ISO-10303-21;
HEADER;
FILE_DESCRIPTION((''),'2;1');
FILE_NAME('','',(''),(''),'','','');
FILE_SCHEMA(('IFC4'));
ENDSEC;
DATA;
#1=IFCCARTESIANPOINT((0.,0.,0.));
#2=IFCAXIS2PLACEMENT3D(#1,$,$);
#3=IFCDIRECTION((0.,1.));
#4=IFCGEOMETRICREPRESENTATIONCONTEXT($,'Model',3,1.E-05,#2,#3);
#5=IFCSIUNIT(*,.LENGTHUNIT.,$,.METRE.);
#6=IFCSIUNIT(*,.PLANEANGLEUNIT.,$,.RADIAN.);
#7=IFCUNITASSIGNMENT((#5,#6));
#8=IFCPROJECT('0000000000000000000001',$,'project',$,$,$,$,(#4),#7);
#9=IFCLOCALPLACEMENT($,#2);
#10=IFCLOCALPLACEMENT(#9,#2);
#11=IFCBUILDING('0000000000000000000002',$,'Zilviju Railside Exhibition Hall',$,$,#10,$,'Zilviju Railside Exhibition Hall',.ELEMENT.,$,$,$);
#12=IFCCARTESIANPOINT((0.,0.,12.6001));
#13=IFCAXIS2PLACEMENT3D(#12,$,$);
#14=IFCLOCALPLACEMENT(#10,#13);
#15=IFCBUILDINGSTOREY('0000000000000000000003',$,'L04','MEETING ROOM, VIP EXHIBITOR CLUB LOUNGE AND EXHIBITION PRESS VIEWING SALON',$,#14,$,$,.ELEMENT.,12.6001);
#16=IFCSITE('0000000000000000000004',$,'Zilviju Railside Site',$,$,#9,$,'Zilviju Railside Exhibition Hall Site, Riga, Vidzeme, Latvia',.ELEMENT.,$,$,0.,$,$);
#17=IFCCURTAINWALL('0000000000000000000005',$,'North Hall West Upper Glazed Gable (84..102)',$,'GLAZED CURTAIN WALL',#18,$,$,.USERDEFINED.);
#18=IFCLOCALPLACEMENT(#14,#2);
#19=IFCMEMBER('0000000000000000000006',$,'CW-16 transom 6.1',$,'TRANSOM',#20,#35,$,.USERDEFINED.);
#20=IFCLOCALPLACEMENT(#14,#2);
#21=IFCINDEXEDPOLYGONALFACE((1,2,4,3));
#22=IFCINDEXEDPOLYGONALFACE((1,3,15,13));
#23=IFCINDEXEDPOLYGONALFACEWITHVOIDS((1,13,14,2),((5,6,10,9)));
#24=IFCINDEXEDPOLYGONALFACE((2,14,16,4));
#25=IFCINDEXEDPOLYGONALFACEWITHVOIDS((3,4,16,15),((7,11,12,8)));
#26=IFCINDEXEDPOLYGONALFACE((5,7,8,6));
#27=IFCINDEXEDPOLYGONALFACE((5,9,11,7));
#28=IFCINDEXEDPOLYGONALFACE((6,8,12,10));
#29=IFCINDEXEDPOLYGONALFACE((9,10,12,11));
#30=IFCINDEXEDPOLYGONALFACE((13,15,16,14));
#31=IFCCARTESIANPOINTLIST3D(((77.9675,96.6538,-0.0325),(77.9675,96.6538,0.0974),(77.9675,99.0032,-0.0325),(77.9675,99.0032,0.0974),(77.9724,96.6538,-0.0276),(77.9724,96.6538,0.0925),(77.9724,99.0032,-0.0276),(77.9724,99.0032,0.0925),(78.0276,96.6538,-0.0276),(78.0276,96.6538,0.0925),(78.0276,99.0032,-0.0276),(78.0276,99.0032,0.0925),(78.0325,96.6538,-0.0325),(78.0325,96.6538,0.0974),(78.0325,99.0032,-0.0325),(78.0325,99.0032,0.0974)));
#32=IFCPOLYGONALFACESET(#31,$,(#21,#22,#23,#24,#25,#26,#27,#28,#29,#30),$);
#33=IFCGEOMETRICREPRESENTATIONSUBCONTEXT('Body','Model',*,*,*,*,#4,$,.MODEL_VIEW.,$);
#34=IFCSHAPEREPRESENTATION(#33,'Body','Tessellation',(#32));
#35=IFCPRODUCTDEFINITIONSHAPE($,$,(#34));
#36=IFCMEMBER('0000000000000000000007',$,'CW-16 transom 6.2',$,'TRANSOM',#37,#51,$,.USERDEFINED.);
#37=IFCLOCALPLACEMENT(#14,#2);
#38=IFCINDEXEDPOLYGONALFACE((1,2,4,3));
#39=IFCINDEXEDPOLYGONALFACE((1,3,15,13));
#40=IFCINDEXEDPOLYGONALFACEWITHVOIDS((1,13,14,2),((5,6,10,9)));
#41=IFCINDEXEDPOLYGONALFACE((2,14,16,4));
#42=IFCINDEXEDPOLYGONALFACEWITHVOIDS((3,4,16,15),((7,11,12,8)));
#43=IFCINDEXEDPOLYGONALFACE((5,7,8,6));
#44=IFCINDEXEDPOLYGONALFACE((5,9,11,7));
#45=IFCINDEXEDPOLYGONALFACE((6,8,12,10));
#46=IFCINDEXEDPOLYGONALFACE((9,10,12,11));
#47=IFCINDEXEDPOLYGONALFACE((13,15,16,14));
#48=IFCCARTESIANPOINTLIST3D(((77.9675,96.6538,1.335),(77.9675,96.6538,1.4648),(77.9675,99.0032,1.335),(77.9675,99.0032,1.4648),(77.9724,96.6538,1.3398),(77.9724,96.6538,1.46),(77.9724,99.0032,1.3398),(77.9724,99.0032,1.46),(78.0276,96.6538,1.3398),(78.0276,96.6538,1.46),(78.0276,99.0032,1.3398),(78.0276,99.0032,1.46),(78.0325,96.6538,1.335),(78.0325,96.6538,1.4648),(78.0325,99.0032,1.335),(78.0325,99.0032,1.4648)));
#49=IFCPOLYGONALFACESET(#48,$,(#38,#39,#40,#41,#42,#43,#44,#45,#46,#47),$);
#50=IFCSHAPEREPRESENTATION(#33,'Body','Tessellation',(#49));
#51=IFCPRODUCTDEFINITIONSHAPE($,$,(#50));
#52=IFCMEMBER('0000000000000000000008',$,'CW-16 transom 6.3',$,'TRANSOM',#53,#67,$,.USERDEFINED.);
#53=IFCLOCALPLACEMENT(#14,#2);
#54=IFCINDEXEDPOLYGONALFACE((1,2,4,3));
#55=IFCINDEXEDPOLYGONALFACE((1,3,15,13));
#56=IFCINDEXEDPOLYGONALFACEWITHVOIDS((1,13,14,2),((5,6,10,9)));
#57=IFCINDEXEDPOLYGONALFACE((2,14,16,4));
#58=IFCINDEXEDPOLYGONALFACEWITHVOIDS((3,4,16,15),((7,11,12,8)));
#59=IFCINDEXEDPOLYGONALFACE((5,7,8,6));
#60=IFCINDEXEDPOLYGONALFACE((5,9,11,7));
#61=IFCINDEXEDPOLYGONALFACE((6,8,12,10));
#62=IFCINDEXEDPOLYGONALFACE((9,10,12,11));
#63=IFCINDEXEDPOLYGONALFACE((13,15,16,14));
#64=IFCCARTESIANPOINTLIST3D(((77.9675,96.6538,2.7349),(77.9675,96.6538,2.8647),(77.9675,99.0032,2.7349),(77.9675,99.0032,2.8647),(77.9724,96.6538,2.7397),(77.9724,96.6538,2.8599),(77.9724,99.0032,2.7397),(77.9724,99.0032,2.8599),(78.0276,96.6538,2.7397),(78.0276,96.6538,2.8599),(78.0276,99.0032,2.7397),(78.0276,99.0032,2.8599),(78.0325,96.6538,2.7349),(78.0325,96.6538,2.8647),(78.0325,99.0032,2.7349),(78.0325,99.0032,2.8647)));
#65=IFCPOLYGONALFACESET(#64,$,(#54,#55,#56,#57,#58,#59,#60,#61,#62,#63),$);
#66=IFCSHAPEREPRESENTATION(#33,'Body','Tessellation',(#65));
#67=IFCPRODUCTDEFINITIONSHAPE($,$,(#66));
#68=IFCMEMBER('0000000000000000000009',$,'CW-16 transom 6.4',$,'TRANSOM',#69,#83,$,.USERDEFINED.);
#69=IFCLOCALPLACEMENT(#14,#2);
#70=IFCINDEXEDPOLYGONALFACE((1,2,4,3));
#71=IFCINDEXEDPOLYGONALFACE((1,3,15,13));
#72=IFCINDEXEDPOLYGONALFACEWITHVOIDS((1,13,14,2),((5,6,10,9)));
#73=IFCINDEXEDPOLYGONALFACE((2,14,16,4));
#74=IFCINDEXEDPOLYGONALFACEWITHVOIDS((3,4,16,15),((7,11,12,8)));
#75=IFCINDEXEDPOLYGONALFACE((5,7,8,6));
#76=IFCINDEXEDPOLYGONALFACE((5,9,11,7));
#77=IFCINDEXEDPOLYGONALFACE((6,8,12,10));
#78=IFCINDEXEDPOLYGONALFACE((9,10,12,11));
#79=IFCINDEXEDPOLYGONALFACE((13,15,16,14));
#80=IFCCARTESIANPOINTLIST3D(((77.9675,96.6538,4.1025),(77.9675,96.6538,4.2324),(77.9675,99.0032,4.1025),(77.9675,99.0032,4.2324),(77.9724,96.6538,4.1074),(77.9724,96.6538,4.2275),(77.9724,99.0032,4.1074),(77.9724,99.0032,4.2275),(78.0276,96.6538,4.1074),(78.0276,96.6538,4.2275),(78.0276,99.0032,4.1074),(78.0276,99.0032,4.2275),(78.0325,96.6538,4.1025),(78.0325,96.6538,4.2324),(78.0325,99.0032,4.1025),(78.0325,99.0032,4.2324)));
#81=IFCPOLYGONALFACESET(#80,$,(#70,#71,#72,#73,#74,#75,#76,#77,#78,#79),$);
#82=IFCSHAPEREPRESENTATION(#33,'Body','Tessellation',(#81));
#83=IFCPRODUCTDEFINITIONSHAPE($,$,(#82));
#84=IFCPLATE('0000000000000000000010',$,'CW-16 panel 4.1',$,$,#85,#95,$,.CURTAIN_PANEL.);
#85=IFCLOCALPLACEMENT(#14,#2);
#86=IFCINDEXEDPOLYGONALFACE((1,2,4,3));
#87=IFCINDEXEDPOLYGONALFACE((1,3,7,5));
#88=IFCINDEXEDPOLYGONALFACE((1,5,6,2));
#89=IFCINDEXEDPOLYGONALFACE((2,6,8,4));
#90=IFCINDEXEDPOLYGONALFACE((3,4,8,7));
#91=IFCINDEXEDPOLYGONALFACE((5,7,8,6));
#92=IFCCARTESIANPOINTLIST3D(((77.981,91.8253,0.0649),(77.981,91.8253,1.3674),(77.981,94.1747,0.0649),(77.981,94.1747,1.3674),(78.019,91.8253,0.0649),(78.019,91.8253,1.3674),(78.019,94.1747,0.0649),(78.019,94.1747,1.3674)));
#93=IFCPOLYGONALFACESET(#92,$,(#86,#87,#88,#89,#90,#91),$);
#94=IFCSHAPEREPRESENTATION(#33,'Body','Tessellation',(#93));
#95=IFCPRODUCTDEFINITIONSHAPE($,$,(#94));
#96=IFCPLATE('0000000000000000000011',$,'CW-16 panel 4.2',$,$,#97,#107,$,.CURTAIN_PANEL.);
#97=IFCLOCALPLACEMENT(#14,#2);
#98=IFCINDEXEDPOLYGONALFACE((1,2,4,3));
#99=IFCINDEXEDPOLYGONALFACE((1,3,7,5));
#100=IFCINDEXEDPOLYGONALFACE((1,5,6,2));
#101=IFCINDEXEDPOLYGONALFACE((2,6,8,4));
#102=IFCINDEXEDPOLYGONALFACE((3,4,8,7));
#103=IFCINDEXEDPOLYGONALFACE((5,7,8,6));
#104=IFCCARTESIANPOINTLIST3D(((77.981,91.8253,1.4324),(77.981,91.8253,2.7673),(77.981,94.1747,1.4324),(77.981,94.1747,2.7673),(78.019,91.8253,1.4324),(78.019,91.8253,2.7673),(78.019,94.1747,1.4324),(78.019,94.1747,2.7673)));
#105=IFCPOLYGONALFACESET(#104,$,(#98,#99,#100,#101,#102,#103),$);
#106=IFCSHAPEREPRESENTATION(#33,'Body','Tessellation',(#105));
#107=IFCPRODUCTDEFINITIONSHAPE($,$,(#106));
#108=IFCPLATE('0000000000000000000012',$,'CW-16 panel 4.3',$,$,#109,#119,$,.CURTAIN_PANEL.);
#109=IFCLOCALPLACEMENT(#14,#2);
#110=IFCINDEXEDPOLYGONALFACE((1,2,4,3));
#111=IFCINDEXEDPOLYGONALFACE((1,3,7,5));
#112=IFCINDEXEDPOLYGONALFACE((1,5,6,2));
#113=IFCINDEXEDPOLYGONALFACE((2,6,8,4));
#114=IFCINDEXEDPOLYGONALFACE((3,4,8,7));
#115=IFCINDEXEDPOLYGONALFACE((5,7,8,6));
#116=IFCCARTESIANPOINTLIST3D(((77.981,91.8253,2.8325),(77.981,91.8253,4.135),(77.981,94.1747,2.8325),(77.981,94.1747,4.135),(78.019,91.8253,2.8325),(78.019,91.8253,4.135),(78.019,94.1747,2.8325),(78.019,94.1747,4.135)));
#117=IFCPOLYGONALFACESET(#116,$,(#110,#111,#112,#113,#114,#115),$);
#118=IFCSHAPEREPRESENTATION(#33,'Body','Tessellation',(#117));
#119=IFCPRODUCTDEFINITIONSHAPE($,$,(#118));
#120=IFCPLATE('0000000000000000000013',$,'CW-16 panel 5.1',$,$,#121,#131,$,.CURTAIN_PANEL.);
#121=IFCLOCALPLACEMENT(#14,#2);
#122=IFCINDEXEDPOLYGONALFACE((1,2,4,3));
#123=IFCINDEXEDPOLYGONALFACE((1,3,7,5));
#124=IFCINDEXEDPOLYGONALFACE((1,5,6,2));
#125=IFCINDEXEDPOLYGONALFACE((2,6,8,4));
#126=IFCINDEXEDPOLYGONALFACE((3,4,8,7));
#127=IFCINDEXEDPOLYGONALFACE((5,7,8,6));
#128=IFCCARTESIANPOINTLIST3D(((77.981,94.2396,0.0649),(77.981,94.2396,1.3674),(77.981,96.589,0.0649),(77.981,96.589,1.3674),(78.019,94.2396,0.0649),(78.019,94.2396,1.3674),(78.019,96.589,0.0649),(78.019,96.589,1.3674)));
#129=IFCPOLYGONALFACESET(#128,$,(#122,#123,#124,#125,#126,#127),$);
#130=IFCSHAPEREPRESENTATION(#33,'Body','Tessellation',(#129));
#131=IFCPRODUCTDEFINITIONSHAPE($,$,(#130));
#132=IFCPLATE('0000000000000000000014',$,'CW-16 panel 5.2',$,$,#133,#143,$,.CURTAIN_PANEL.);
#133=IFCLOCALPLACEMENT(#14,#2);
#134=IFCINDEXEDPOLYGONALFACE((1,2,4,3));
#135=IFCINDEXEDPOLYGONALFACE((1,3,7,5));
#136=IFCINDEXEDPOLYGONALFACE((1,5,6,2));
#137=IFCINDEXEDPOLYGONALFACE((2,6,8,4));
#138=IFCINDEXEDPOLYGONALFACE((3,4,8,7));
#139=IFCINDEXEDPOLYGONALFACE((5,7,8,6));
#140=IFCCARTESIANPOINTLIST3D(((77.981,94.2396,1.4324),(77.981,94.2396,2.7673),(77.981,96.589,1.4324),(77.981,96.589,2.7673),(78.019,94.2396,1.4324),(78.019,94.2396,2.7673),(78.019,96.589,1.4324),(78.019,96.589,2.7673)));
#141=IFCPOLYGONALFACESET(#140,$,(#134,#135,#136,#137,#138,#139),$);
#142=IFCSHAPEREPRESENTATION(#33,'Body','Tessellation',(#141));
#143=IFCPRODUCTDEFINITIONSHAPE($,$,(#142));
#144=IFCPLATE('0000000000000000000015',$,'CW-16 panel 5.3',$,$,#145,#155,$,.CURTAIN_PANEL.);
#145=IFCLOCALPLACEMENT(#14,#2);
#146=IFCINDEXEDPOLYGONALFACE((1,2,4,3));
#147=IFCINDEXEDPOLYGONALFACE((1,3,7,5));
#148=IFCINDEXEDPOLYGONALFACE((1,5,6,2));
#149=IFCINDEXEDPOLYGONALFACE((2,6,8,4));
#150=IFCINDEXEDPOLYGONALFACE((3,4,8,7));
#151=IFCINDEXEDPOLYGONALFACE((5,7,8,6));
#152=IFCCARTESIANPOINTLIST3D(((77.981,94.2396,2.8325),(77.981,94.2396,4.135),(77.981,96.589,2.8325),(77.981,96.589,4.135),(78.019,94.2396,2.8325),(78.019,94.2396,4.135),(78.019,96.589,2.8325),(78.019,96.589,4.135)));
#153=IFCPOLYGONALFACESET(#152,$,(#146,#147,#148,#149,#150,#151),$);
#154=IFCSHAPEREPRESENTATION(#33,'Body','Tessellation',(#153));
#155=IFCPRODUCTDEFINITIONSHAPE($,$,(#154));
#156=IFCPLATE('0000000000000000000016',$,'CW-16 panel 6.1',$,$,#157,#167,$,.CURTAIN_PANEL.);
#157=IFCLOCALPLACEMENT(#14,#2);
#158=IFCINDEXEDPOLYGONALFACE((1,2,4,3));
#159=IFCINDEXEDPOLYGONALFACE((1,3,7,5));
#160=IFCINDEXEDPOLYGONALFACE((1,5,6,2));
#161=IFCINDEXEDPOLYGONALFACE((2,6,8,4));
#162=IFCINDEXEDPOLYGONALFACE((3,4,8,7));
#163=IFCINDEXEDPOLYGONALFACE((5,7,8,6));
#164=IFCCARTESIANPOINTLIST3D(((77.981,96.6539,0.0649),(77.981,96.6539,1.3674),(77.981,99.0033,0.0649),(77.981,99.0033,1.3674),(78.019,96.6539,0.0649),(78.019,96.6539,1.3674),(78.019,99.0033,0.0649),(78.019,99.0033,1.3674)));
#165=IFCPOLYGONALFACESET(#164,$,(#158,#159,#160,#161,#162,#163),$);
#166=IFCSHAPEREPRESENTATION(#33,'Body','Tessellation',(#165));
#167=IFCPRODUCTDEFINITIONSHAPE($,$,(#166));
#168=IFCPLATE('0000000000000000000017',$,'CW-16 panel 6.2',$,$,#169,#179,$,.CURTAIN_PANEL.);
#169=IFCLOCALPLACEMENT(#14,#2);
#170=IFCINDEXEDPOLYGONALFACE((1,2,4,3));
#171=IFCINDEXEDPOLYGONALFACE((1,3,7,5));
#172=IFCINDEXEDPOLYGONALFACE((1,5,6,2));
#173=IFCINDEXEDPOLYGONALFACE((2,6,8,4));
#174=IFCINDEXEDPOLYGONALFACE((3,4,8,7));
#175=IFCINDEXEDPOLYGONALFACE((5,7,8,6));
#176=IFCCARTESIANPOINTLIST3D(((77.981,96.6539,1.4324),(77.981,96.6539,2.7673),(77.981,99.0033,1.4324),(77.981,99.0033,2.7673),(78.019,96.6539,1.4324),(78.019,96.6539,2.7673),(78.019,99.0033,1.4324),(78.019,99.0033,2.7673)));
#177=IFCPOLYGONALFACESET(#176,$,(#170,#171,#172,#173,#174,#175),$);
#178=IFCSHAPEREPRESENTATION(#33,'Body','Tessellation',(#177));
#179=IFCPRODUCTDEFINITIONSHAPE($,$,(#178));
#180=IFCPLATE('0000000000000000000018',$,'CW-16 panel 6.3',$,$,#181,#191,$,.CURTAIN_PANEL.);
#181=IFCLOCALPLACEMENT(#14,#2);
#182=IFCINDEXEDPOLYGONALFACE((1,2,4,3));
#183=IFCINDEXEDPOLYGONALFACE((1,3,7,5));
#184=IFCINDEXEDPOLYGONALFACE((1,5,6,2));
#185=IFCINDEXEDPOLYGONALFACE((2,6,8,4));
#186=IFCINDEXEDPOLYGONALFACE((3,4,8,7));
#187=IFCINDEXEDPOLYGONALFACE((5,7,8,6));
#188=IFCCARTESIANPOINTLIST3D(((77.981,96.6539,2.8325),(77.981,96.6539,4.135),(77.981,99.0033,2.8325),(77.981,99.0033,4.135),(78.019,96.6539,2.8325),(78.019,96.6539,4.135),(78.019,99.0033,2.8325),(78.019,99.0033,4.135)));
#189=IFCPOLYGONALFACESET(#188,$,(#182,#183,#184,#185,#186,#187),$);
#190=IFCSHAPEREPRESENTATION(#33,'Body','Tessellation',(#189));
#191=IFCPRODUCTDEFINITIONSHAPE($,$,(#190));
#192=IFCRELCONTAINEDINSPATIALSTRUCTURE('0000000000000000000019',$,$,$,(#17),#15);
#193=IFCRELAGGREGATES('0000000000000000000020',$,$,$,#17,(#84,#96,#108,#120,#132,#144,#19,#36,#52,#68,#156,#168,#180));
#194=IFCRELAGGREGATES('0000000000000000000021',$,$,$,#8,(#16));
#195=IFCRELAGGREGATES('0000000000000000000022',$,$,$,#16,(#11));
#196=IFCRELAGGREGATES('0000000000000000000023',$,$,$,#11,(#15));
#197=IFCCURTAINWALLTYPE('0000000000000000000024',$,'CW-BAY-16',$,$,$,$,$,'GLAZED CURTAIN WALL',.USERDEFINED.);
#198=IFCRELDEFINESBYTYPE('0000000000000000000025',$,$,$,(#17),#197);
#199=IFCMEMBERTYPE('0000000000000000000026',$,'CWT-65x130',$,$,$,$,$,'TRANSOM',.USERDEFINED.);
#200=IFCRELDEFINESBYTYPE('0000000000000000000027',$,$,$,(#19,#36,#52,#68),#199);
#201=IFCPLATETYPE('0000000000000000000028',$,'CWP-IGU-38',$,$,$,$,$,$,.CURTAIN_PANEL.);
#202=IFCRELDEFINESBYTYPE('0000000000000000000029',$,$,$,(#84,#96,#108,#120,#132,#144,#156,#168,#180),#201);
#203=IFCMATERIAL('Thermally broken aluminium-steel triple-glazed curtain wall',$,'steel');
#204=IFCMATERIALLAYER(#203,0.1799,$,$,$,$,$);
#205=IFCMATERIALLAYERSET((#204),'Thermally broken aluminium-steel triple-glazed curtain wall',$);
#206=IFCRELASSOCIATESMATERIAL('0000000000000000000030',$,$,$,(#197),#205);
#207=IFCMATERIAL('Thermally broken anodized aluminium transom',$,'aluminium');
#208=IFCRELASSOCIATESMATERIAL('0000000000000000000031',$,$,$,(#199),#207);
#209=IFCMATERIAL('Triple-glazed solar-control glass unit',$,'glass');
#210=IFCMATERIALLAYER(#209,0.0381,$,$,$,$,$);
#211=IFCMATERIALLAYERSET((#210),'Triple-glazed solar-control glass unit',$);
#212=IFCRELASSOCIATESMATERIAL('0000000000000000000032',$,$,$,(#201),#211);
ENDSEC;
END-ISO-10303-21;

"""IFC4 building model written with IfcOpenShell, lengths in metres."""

from ifc_helpers import new_model, si_unit, direction, frame, origin, origin_2d, place, context, subcontext, project, spatial, rectangle, hollow_rectangle, extrude, material, layer, layer_set, material_profile, profile_set, type_object, element, aggregate, save


model = new_model("IFC4")

# Units and contexts
model_context = context("Model", 3, precision=1e-05, world=origin(), true_north=direction((0.0, 1.0)))
body_context = subcontext(model_context, "Body", "Model", "MODEL_VIEW")
ifc_project = project(units=[si_unit("LENGTHUNIT", "METRE"), si_unit("PLANEANGLEUNIT", "RADIAN")], contexts=[model_context])

# Site, building, storey
site_placement = place(None, origin())
site = spatial("IfcSite", under=ifc_project, at=site_placement, Name="Zilviju Railside Site", LongName="Zilviju Railside Exhibition Hall Site, Riga, Vidzeme, Latvia", CompositionType="ELEMENT", RefElevation=0.0)
building_placement = place(site_placement, origin())
building = spatial("IfcBuilding", under=site, at=building_placement, Name="Zilviju Railside Exhibition Hall", LongName="Zilviju Railside Exhibition Hall", CompositionType="ELEMENT")
storey_placement = place(building_placement, frame((0.0, 0.0, 12.6001)))
storey = spatial("IfcBuildingStorey", under=building, at=storey_placement, Name="L04", Description="MEETING ROOM, VIP EXHIBITOR CLUB LOUNGE AND EXHIBITION PRESS VIEWING SALON", CompositionType="ELEMENT", Elevation=12.6001)

# Curtain wall, members, plates
ifc_material_1 = material(Name="Thermally broken aluminium-steel triple-glazed curtain wall", Category="steel")
ifc_layer_1 = layer(ifc_material_1, 0.1799)
ifc_layer_set_1 = layer_set([ifc_layer_1], Name="Thermally broken aluminium-steel triple-glazed curtain wall")
curtain_wall_type = type_object("IfcCurtainWallType", Name="CW-BAY-16", ElementType="GLAZED CURTAIN WALL", PredefinedType="USERDEFINED", material=ifc_layer_set_1)
curtain_wall_placement = place(storey_placement, origin())
curtain_wall = element("IfcCurtainWall", 1, at=curtain_wall_placement, inside=storey, type_object=curtain_wall_type, Name="North Hall West Upper Glazed Gable (84..102)", ObjectType="GLAZED CURTAIN WALL", PredefinedType="USERDEFINED")
ifc_material_2 = material(Name="Thermally broken anodized aluminium transom", Category="aluminium")
ifc_material_profile_1 = material_profile(ifc_material_2, hollow_rectangle(XDim=0.0649, YDim=0.1299, WallThickness=0.0049, at=origin_2d()), Name="TRANSOM 130x65x5")
ifc_profile_set_1 = profile_set([ifc_material_profile_1], Name="Thermally broken anodized aluminium transom")
member_type_1 = type_object("IfcMemberType", Name="CWT-65x130", ElementType="TRANSOM", PredefinedType="USERDEFINED", material=ifc_profile_set_1)
member_1_placement = place(storey_placement, frame((78.0, 96.6538, 0.0325), z_axis=(0.0, 1.0, 0.0), x_axis=(-1.0, 0.0, 0.0)))
member_1 = element("IfcMember", 2, at=member_1_placement, type_object=member_type_1, Name="CW-16 transom 6.1", ObjectType="TRANSOM", PredefinedType="USERDEFINED", context=body_context, shape_type="SweptSolid", body=[
    extrude(hollow_rectangle(XDim=0.0649, YDim=0.1299, WallThickness=0.0049, at=origin_2d()), origin(), (0.0, 0.0, 1.0), 2.3494),
])
member_2_placement = place(storey_placement, frame((78.0, 96.6538, 1.3999), z_axis=(0.0, 1.0, 0.0), x_axis=(-1.0, 0.0, 0.0)))
member_2 = element("IfcMember", 3, at=member_2_placement, type_object=member_type_1, Name="CW-16 transom 6.2", ObjectType="TRANSOM", PredefinedType="USERDEFINED", context=body_context, shape_type="SweptSolid", body=[
    extrude(hollow_rectangle(XDim=0.0649, YDim=0.1299, WallThickness=0.0049, at=origin_2d()), origin(), (0.0, 0.0, 1.0), 2.3494),
])
member_3_placement = place(storey_placement, frame((78.0, 96.6538, 2.7998), z_axis=(0.0, 1.0, 0.0), x_axis=(-1.0, 0.0, 0.0)))
member_3 = element("IfcMember", 4, at=member_3_placement, type_object=member_type_1, Name="CW-16 transom 6.3", ObjectType="TRANSOM", PredefinedType="USERDEFINED", context=body_context, shape_type="SweptSolid", body=[
    extrude(hollow_rectangle(XDim=0.0649, YDim=0.1299, WallThickness=0.0049, at=origin_2d()), origin(), (0.0, 0.0, 1.0), 2.3494),
])
member_4_placement = place(storey_placement, frame((78.0, 96.6538, 4.1675), z_axis=(0.0, 1.0, 0.0), x_axis=(-1.0, 0.0, 0.0)))
member_4 = element("IfcMember", 5, at=member_4_placement, type_object=member_type_1, Name="CW-16 transom 6.4", ObjectType="TRANSOM", PredefinedType="USERDEFINED", context=body_context, shape_type="SweptSolid", body=[
    extrude(hollow_rectangle(XDim=0.0649, YDim=0.1299, WallThickness=0.0049, at=origin_2d()), origin(), (0.0, 0.0, 1.0), 2.3494),
])
ifc_material_3 = material(Name="Triple-glazed solar-control glass unit", Category="glass")
ifc_layer_2 = layer(ifc_material_3, 0.0381)
ifc_layer_set_2 = layer_set([ifc_layer_2], Name="Triple-glazed solar-control glass unit")
plate_type = type_object("IfcPlateType", Name="CWP-IGU-38", PredefinedType="CURTAIN_PANEL", material=ifc_layer_set_2)
plate_1_placement = place(storey_placement, frame((78.0, 93.0, 0.0649), z_axis=(0.0, 0.0, 1.0), x_axis=(0.0, 1.0, 0.0)))
plate_1 = element("IfcPlate", 6, at=plate_1_placement, type_object=plate_type, Name="CW-16 panel 4.1", PredefinedType="CURTAIN_PANEL", context=body_context, shape_type="SweptSolid", body=[
    extrude(rectangle(XDim=2.3494, YDim=0.0381, at=origin_2d()), origin(), (0.0, 0.0, 1.0), 1.3025),
])
plate_2_placement = place(storey_placement, frame((78.0, 93.0, 1.4324), z_axis=(0.0, 0.0, 1.0), x_axis=(0.0, 1.0, 0.0)))
plate_2 = element("IfcPlate", 7, at=plate_2_placement, type_object=plate_type, Name="CW-16 panel 4.2", PredefinedType="CURTAIN_PANEL", context=body_context, shape_type="SweptSolid", body=[
    extrude(rectangle(XDim=2.3494, YDim=0.0381, at=origin_2d()), origin(), (0.0, 0.0, 1.0), 1.335),
])
plate_3_placement = place(storey_placement, frame((78.0, 93.0, 2.8325), z_axis=(0.0, 0.0, 1.0), x_axis=(0.0, 1.0, 0.0)))
plate_3 = element("IfcPlate", 8, at=plate_3_placement, type_object=plate_type, Name="CW-16 panel 4.3", PredefinedType="CURTAIN_PANEL", context=body_context, shape_type="SweptSolid", body=[
    extrude(rectangle(XDim=2.3494, YDim=0.0381, at=origin_2d()), origin(), (0.0, 0.0, 1.0), 1.3025),
])
plate_4_placement = place(storey_placement, frame((78.0, 95.4143, 0.0649), z_axis=(0.0, 0.0, 1.0), x_axis=(0.0, 1.0, 0.0)))
plate_4 = element("IfcPlate", 9, at=plate_4_placement, type_object=plate_type, Name="CW-16 panel 5.1", PredefinedType="CURTAIN_PANEL", context=body_context, shape_type="SweptSolid", body=[
    extrude(rectangle(XDim=2.3494, YDim=0.0381, at=origin_2d()), origin(), (0.0, 0.0, 1.0), 1.3025),
])
plate_5_placement = place(storey_placement, frame((78.0, 95.4143, 1.4324), z_axis=(0.0, 0.0, 1.0), x_axis=(0.0, 1.0, 0.0)))
plate_5 = element("IfcPlate", 10, at=plate_5_placement, type_object=plate_type, Name="CW-16 panel 5.2", PredefinedType="CURTAIN_PANEL", context=body_context, shape_type="SweptSolid", body=[
    extrude(rectangle(XDim=2.3494, YDim=0.0381, at=origin_2d()), origin(), (0.0, 0.0, 1.0), 1.335),
])
plate_6_placement = place(storey_placement, frame((78.0, 95.4143, 2.8325), z_axis=(0.0, 0.0, 1.0), x_axis=(0.0, 1.0, 0.0)))
plate_6 = element("IfcPlate", 11, at=plate_6_placement, type_object=plate_type, Name="CW-16 panel 5.3", PredefinedType="CURTAIN_PANEL", context=body_context, shape_type="SweptSolid", body=[
    extrude(rectangle(XDim=2.3494, YDim=0.0381, at=origin_2d()), origin(), (0.0, 0.0, 1.0), 1.3025),
])
plate_7_placement = place(storey_placement, frame((78.0, 97.8286, 0.0649), z_axis=(0.0, 0.0, 1.0), x_axis=(0.0, 1.0, 0.0)))
plate_7 = element("IfcPlate", 12, at=plate_7_placement, type_object=plate_type, Name="CW-16 panel 6.1", PredefinedType="CURTAIN_PANEL", context=body_context, shape_type="SweptSolid", body=[
    extrude(rectangle(XDim=2.3494, YDim=0.0381, at=origin_2d()), origin(), (0.0, 0.0, 1.0), 1.3025),
])
plate_8_placement = place(storey_placement, frame((78.0, 97.8286, 1.4324), z_axis=(0.0, 0.0, 1.0), x_axis=(0.0, 1.0, 0.0)))
plate_8 = element("IfcPlate", 13, at=plate_8_placement, type_object=plate_type, Name="CW-16 panel 6.2", PredefinedType="CURTAIN_PANEL", context=body_context, shape_type="SweptSolid", body=[
    extrude(rectangle(XDim=2.3494, YDim=0.0381, at=origin_2d()), origin(), (0.0, 0.0, 1.0), 1.335),
])
plate_9_placement = place(storey_placement, frame((78.0, 97.8286, 2.8325), z_axis=(0.0, 0.0, 1.0), x_axis=(0.0, 1.0, 0.0)))
plate_9 = element("IfcPlate", 14, at=plate_9_placement, type_object=plate_type, Name="CW-16 panel 6.3", PredefinedType="CURTAIN_PANEL", context=body_context, shape_type="SweptSolid", body=[
    extrude(rectangle(XDim=2.3494, YDim=0.0381, at=origin_2d()), origin(), (0.0, 0.0, 1.0), 1.3025),
])
aggregate(curtain_wall, [plate_1, plate_2, plate_3, plate_4, plate_5, plate_6, member_1, member_2, member_3, member_4, plate_7, plate_8, plate_9])

save(model, "model.ifc")
